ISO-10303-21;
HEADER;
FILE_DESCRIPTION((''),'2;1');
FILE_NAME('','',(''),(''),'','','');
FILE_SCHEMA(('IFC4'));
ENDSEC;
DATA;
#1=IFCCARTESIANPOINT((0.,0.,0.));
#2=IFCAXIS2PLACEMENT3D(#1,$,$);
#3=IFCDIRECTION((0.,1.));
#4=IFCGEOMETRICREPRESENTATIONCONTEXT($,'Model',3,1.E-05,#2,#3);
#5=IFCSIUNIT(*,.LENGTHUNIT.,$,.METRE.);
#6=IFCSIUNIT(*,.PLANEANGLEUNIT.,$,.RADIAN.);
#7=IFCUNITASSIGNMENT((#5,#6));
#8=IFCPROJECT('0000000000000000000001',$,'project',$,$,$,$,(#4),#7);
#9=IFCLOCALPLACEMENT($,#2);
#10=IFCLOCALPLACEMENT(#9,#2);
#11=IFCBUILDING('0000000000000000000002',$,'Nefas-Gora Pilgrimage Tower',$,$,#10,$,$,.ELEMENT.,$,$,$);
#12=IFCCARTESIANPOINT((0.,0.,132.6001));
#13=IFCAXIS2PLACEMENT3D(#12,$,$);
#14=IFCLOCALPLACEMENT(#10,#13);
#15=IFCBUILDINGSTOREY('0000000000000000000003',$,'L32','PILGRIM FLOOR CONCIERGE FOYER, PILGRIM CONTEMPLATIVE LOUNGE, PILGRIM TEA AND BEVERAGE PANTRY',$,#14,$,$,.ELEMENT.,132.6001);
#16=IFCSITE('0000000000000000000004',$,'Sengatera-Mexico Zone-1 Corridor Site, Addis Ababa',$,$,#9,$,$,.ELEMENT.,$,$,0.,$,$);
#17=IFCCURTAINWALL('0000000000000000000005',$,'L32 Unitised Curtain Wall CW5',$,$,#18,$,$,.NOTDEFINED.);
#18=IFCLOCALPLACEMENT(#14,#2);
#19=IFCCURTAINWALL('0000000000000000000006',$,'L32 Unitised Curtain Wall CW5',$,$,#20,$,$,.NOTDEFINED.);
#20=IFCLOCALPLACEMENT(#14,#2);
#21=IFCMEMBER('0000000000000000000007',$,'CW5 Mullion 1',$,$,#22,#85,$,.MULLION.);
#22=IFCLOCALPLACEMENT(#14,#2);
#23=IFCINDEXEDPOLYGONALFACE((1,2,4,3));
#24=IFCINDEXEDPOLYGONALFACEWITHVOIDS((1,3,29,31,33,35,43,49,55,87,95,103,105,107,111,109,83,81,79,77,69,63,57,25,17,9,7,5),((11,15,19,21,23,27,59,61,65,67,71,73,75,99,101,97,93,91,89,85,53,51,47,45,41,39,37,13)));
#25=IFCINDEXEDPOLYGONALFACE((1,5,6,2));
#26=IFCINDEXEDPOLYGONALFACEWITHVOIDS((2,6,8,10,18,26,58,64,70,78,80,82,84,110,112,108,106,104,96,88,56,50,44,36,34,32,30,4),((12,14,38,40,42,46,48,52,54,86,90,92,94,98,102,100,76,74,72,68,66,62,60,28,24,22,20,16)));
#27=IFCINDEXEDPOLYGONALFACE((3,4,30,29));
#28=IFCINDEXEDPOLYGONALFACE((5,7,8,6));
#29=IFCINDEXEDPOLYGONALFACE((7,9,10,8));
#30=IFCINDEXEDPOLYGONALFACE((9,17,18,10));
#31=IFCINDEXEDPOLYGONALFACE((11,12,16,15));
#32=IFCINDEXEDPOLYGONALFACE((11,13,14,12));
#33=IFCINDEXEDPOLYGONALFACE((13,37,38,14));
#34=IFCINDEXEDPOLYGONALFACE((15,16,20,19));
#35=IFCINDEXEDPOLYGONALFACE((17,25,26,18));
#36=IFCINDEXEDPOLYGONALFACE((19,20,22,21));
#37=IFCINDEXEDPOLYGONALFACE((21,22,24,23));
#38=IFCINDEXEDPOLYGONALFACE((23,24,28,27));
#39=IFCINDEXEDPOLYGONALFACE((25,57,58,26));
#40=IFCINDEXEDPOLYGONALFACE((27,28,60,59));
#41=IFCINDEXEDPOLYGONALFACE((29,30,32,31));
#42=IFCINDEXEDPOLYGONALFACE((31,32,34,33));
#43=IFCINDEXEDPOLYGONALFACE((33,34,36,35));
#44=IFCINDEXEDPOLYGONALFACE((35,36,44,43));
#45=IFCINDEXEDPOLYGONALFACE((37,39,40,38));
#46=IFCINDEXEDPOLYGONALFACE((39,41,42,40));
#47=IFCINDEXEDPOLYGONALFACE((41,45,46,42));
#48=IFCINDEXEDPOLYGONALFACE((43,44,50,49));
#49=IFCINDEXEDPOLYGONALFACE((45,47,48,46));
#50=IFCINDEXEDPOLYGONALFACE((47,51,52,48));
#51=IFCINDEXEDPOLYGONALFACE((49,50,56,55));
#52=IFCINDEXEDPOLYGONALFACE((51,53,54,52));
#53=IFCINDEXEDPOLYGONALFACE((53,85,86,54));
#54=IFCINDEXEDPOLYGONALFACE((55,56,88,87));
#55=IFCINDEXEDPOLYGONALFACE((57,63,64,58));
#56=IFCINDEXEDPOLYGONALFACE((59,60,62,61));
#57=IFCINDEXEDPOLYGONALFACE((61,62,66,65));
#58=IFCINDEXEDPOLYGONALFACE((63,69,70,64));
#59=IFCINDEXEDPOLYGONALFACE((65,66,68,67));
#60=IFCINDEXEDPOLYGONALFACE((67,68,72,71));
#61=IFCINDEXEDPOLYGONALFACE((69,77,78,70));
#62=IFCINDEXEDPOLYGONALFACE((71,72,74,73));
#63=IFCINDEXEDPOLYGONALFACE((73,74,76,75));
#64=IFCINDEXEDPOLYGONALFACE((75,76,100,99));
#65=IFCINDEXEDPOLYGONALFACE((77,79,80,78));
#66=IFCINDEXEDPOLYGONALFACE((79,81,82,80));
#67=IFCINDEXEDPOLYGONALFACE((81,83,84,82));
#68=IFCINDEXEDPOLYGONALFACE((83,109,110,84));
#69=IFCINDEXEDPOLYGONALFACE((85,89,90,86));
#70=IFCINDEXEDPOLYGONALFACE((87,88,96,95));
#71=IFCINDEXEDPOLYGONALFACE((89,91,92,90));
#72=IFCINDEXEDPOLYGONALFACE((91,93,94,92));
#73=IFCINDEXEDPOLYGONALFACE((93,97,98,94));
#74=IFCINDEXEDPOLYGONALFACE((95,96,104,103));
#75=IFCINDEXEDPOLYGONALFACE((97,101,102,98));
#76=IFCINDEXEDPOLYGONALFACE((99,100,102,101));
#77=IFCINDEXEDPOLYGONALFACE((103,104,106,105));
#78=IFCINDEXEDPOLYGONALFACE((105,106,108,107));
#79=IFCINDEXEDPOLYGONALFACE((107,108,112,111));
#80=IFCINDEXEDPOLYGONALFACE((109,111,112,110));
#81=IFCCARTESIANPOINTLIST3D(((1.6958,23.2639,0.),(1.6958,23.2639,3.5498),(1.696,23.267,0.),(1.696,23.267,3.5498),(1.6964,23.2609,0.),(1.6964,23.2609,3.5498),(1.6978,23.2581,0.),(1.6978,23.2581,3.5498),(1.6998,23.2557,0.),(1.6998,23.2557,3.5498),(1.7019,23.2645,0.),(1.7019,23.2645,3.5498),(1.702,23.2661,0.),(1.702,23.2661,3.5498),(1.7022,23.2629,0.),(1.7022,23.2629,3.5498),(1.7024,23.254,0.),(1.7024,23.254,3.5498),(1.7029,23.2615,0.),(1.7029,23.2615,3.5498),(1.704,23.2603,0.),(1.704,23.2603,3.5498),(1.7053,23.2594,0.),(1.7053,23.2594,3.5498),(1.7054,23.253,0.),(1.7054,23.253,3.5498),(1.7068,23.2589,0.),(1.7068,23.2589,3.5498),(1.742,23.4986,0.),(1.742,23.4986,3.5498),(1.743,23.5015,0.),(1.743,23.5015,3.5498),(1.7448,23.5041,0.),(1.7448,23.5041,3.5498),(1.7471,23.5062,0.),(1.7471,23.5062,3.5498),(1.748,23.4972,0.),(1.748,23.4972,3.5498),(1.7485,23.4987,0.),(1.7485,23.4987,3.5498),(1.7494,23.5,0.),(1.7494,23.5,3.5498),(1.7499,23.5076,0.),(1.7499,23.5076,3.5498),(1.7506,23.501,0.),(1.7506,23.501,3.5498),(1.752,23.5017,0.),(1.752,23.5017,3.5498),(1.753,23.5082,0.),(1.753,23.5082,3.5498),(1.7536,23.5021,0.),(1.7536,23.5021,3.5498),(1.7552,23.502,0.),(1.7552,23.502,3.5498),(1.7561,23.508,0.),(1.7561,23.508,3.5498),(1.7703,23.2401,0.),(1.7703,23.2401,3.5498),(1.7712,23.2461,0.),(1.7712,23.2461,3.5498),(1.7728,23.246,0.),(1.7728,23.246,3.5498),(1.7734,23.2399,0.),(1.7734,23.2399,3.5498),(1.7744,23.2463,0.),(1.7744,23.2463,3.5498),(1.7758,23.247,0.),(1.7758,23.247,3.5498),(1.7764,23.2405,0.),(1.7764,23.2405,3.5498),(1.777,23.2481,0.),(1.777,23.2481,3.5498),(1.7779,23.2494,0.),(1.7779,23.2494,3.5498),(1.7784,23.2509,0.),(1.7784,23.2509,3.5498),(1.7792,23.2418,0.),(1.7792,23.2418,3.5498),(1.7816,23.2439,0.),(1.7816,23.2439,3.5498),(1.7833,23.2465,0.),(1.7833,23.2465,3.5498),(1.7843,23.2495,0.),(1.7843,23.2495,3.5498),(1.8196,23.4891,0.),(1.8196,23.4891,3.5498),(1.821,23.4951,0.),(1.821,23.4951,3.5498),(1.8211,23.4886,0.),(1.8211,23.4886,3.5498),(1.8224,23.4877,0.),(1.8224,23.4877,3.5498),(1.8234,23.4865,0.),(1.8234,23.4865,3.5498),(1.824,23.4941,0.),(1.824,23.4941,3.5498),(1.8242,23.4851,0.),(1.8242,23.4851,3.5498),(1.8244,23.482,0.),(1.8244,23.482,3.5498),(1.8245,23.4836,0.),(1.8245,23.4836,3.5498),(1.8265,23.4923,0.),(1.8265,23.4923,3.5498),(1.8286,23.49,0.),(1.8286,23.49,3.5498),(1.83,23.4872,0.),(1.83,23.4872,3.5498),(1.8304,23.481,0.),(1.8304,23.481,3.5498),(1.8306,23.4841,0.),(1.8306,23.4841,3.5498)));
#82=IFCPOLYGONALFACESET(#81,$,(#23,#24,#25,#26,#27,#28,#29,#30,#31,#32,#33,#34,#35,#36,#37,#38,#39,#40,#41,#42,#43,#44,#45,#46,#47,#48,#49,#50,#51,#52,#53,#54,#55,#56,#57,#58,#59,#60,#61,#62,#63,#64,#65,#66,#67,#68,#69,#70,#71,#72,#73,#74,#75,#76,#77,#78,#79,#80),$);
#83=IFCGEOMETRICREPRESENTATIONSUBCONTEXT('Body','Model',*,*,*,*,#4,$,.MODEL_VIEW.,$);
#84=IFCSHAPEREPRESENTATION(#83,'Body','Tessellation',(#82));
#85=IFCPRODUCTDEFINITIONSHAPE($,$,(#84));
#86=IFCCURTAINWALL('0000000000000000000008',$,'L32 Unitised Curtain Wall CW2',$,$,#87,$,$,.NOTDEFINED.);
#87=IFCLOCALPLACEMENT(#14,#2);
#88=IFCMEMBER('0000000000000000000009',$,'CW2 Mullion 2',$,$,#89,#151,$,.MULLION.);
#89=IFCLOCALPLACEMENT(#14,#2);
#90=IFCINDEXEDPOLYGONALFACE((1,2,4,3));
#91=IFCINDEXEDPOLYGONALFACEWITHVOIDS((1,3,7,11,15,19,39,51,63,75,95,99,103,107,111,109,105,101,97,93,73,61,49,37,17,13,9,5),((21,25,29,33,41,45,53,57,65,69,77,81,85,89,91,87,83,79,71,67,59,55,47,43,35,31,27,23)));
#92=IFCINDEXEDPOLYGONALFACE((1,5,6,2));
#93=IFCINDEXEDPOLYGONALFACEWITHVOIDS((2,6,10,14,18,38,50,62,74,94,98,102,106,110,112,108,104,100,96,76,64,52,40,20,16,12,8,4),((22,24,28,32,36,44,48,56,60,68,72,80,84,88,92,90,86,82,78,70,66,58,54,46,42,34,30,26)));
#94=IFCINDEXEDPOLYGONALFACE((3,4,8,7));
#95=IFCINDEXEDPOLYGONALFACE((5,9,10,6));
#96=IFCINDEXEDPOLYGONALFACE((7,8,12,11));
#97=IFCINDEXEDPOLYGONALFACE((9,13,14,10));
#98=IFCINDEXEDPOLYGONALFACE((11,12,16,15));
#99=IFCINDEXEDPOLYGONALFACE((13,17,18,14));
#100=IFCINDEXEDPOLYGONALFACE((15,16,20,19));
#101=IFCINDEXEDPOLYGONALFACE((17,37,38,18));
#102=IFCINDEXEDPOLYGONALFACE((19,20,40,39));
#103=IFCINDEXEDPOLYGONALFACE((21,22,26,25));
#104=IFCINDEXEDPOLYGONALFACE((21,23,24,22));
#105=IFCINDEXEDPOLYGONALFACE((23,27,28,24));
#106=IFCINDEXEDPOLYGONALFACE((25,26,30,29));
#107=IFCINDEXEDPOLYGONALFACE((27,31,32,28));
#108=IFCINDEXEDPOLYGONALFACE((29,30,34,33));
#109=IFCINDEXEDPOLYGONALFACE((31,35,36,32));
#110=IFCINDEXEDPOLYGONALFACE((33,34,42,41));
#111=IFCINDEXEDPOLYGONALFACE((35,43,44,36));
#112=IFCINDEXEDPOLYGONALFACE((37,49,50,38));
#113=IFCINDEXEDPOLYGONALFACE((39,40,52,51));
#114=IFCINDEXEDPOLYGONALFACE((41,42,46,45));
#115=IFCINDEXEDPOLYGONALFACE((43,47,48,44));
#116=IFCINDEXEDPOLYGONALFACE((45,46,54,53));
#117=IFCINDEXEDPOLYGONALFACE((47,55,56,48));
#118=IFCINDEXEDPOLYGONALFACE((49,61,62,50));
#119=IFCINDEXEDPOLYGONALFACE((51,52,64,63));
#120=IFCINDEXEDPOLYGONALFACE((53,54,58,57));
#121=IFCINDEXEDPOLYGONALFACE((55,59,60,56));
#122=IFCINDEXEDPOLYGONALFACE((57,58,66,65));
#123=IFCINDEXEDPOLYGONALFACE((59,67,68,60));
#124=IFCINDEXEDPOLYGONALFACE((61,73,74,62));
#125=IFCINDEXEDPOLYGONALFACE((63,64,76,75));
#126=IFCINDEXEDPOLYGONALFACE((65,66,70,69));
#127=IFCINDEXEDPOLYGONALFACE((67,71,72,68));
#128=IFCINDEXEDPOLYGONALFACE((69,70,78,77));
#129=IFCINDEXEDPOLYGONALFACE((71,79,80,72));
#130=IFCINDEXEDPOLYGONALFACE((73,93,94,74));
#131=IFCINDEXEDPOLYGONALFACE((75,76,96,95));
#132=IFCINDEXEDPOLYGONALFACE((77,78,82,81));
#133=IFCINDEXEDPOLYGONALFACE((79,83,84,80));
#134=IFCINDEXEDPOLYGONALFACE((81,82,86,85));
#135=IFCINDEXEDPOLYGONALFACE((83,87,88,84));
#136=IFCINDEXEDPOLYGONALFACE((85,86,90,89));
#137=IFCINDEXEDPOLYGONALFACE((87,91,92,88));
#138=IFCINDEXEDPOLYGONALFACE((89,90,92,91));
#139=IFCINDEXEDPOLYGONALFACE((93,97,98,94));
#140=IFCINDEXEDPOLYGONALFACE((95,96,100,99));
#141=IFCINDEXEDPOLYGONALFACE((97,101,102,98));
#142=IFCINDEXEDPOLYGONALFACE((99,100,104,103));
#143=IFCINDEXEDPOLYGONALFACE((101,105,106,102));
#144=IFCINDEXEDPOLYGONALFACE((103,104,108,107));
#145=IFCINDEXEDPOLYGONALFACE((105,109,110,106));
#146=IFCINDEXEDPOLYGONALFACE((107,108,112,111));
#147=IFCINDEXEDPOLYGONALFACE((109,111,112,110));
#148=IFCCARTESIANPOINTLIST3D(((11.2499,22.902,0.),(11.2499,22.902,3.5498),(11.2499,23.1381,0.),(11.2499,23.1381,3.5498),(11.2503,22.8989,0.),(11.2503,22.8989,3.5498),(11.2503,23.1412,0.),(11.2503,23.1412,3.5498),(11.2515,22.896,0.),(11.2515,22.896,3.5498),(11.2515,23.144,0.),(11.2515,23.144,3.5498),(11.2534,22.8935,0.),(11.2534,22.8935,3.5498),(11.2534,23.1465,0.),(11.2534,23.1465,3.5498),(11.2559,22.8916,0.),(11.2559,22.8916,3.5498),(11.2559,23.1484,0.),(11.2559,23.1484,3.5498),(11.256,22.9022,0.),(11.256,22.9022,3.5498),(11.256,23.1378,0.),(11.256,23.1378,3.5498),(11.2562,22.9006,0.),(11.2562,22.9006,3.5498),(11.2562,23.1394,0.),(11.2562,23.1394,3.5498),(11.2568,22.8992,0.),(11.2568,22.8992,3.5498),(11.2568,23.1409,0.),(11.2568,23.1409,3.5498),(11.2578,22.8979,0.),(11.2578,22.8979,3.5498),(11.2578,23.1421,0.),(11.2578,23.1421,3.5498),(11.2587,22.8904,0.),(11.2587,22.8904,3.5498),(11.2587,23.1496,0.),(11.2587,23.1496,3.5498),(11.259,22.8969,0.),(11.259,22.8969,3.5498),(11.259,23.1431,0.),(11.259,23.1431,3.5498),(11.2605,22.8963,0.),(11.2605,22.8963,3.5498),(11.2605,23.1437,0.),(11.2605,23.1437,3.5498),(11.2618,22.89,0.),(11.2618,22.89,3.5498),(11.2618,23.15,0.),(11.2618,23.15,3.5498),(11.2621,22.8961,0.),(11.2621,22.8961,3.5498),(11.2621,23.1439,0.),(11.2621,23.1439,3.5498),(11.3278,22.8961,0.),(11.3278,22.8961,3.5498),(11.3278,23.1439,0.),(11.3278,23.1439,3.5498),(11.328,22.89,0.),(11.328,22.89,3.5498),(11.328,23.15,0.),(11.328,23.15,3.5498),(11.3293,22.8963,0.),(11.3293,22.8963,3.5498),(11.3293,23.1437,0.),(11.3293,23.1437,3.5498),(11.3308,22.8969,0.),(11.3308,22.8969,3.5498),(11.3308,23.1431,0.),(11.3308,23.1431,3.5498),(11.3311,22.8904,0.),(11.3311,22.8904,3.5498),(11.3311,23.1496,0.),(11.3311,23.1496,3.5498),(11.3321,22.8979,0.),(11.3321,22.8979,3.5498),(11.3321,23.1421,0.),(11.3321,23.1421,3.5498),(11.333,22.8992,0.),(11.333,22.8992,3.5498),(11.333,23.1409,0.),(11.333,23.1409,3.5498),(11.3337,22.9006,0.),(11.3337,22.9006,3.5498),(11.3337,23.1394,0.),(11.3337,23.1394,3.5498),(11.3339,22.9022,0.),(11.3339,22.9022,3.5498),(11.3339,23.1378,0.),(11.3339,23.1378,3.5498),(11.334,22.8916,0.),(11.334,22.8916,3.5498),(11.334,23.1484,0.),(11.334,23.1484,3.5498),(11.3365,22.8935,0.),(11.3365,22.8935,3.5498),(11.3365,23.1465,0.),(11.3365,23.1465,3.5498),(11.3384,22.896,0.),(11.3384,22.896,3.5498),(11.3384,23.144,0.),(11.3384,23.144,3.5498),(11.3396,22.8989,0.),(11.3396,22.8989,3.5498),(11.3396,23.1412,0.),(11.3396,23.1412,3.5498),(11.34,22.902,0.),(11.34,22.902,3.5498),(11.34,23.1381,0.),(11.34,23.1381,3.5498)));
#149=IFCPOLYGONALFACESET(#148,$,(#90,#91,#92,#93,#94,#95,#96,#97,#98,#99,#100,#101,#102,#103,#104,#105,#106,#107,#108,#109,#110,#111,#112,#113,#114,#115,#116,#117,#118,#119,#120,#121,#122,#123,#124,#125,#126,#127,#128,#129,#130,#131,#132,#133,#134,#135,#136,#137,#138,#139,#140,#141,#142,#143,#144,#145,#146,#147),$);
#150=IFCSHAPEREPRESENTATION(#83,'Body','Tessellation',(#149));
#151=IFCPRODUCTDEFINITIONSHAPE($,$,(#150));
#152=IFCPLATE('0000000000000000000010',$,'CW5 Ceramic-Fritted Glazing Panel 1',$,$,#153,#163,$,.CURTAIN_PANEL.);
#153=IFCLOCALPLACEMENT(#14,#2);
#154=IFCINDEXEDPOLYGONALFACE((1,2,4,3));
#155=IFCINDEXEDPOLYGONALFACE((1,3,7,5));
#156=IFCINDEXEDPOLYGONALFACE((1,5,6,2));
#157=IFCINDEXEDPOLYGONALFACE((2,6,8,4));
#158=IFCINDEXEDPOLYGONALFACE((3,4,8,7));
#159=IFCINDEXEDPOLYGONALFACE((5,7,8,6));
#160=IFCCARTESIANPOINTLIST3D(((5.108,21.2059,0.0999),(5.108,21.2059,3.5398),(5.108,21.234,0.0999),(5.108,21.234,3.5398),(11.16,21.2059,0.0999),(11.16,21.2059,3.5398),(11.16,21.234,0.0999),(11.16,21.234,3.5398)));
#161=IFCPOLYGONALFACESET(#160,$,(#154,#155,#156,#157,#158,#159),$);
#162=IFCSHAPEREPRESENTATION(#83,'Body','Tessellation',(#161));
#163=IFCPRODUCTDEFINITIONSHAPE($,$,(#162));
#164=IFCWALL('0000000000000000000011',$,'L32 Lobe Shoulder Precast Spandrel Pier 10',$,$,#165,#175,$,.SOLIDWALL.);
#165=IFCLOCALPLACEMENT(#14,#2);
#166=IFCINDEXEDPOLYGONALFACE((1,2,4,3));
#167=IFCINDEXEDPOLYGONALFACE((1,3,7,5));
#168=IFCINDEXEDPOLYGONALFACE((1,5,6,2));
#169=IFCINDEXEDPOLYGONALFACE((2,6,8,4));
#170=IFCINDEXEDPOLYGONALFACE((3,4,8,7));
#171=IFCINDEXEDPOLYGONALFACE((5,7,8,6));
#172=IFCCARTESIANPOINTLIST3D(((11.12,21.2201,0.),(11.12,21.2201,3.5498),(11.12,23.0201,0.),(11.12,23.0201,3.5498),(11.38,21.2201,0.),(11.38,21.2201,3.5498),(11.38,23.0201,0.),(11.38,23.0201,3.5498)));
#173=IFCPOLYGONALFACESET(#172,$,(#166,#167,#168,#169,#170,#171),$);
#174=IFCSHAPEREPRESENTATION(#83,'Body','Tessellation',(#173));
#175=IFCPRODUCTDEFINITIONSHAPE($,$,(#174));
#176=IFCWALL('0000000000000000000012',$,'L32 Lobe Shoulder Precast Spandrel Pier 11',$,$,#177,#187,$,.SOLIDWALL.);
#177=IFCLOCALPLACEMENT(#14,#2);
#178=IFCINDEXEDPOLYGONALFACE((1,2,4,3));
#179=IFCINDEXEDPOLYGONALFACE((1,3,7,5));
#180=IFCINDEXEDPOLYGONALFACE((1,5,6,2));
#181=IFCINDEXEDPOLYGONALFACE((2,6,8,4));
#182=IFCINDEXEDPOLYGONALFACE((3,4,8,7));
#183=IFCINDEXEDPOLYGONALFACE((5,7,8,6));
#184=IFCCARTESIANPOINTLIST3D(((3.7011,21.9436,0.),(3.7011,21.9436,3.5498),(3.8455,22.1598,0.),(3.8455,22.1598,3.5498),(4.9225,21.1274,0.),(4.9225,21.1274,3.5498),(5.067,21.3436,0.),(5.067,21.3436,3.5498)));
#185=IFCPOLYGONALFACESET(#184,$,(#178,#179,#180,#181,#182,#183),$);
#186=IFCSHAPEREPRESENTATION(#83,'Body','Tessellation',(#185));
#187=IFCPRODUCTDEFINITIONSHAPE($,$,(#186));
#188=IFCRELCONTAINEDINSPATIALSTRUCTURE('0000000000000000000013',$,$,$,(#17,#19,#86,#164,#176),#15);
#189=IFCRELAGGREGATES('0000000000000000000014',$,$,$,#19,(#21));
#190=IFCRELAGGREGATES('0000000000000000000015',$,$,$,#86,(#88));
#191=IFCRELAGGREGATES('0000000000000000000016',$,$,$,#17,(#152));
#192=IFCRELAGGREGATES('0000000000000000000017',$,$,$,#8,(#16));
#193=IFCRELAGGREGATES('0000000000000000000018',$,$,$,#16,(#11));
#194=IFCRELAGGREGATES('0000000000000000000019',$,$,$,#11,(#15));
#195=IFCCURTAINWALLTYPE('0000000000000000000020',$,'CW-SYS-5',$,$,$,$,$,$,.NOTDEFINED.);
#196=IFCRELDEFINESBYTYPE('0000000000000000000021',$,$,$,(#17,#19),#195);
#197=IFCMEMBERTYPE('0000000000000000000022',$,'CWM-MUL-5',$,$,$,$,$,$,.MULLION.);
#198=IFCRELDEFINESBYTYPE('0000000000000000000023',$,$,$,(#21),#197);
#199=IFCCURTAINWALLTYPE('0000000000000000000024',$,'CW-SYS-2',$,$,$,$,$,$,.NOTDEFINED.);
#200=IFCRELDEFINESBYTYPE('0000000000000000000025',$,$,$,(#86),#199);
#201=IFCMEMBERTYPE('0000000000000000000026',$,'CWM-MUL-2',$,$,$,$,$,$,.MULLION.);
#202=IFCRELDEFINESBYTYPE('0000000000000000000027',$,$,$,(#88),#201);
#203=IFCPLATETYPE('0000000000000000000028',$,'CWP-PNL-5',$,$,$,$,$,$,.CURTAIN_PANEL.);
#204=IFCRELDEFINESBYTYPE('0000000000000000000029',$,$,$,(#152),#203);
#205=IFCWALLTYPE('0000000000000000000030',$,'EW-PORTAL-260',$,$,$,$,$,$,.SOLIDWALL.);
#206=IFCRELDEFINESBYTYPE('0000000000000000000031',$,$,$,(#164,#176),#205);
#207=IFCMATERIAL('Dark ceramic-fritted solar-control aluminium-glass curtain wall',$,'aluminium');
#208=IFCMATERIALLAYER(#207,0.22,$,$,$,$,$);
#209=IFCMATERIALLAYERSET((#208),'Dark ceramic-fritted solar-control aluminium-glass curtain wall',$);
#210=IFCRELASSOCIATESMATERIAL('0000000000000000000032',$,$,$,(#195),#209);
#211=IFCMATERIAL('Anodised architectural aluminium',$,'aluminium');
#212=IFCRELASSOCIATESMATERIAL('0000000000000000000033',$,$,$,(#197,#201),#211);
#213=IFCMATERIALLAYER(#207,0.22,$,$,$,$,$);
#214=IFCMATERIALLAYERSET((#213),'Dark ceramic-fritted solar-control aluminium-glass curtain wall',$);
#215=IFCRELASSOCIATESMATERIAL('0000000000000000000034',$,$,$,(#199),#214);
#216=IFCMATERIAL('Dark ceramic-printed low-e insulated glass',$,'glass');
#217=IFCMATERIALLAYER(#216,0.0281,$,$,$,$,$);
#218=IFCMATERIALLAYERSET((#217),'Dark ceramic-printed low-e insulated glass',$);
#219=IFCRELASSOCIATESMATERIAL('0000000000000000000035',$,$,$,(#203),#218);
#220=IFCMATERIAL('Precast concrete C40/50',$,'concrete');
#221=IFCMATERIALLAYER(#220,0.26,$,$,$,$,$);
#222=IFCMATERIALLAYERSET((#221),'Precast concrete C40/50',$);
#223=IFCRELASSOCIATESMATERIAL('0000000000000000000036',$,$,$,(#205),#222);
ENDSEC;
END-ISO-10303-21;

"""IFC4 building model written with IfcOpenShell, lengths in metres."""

from ifc_helpers import new_model, si_unit, direction, frame, frame_2d, origin, origin_2d, place, context, subcontext, project, spatial, rectangle, hollow_rectangle, extrude, source, transform, mapped, material, layer, layer_set, material_profile, profile_set, type_object, element, aggregate, save


model = new_model("IFC4")

# Units and contexts
model_context = context("Model", 3, precision=1e-05, world=origin(), true_north=direction((0.0, 1.0)))
body_context = subcontext(model_context, "Body", "Model", "MODEL_VIEW")
ifc_project = project(units=[si_unit("LENGTHUNIT", "METRE"), si_unit("PLANEANGLEUNIT", "RADIAN")], contexts=[model_context])

# Site, building, storey
site_placement = place(None, origin())
site = spatial("IfcSite", under=ifc_project, at=site_placement, Name="Sengatera-Mexico Zone-1 Corridor Site, Addis Ababa", CompositionType="ELEMENT", RefElevation=0.0)
building_placement = place(site_placement, origin())
building = spatial("IfcBuilding", under=site, at=building_placement, Name="Nefas-Gora Pilgrimage Tower", CompositionType="ELEMENT")
storey_placement = place(building_placement, frame((0.0, 0.0, 132.6001)))
storey = spatial("IfcBuildingStorey", under=building, at=storey_placement, Name="L32", Description="PILGRIM FLOOR CONCIERGE FOYER, PILGRIM CONTEMPLATIVE LOUNGE, PILGRIM TEA AND BEVERAGE PANTRY", CompositionType="ELEMENT", Elevation=132.6001)

# Curtain walls
ifc_material_1 = material(Name="Dark ceramic-fritted solar-control aluminium-glass curtain wall", Category="aluminium")
ifc_layer_1 = layer(ifc_material_1, 0.22)
ifc_layer_set_1 = layer_set([ifc_layer_1], Name="Dark ceramic-fritted solar-control aluminium-glass curtain wall")
curtain_wall_type_1 = type_object("IfcCurtainWallType", Name="CW-SYS-5", PredefinedType="NOTDEFINED", material=ifc_layer_set_1)
curtain_wall_1_placement = place(storey_placement, origin())
curtain_wall_1 = element("IfcCurtainWall", 1, at=curtain_wall_1_placement, inside=storey, type_object=curtain_wall_type_1, Name="L32 Unitised Curtain Wall CW5", PredefinedType="NOTDEFINED")
ifc_material_2 = material(Name="Anodised architectural aluminium", Category="aluminium")
curtain_wall_2_placement = place(storey_placement, origin())
curtain_wall_2 = element("IfcCurtainWall", 2, at=curtain_wall_2_placement, inside=storey, type_object=curtain_wall_type_1, Name="L32 Unitised Curtain Wall CW5", PredefinedType="NOTDEFINED")

# Member
ifc_material_profile_1 = material_profile(ifc_material_2, hollow_rectangle(XDim=0.0901, YDim=0.26, WallThickness=0.0061, InnerFilletRadius=0.0061, OuterFilletRadius=0.012, at=origin_2d()), Name="ALU MULLION 90x260")
ifc_profile_set_1 = profile_set([ifc_material_profile_1], Name="Anodised architectural aluminium")
member_type_1 = type_object("IfcMemberType", Name="CWM-MUL-5", PredefinedType="MULLION", material=ifc_profile_set_1)
shared_shape_1 = source(origin(), body_context, "Body", "SweptSolid", [
    extrude(hollow_rectangle(XDim=0.0901, YDim=0.26, WallThickness=0.0061, InnerFilletRadius=0.0061, OuterFilletRadius=0.012, at=origin_2d()), origin(), (0.0, 0.0, 1.0), 3.5498),
])
member_1_placement = place(storey_placement, frame((1.7632, 23.374, 0.0), z_axis=(0.0, 0.0, 1.0), x_axis=(-0.980783, 0.195102, 0.0)))
member_1 = element("IfcMember", 3, at=member_1_placement, type_object=member_type_1, Name="CW5 Mullion 1", PredefinedType="MULLION", context=body_context, shape_type="MappedRepresentation", body=[
    mapped(shared_shape_1, transform((0.0, 0.0, 0.0), x_axis=(1.0, 0.0, 0.0), y_axis=(0.0, 1.0, 0.0), z_axis=(0.0, 0.0, 1.0), scale=1.0)),
])
aggregate(curtain_wall_2, [member_1])

# Curtain wall, member
ifc_layer_2 = layer(ifc_material_1, 0.22)
ifc_layer_set_2 = layer_set([ifc_layer_2], Name="Dark ceramic-fritted solar-control aluminium-glass curtain wall")
curtain_wall_type_2 = type_object("IfcCurtainWallType", Name="CW-SYS-2", PredefinedType="NOTDEFINED", material=ifc_layer_set_2)
curtain_wall_3_placement = place(storey_placement, origin())
curtain_wall_3 = element("IfcCurtainWall", 4, at=curtain_wall_3_placement, inside=storey, type_object=curtain_wall_type_2, Name="L32 Unitised Curtain Wall CW2", PredefinedType="NOTDEFINED")
ifc_material_profile_2 = material_profile(ifc_material_2, hollow_rectangle(XDim=0.0901, YDim=0.26, WallThickness=0.0061, InnerFilletRadius=0.0061, OuterFilletRadius=0.012, at=origin_2d()), Name="ALU MULLION 90x260")
ifc_profile_set_2 = profile_set([ifc_material_profile_2], Name="Anodised architectural aluminium")
member_type_2 = type_object("IfcMemberType", Name="CWM-MUL-2", PredefinedType="MULLION", material=ifc_profile_set_2)
shared_shape_2 = source(origin(), body_context, "Body", "SweptSolid", [
    extrude(hollow_rectangle(XDim=0.0901, YDim=0.26, WallThickness=0.0061, InnerFilletRadius=0.0061, OuterFilletRadius=0.012, at=origin_2d()), origin(), (0.0, 0.0, 1.0), 3.5498),
])
member_2_placement = place(storey_placement, frame((11.2949, 23.02, 0.0), z_axis=(0.0, 0.0, 1.0), x_axis=(-1.0, 0.0, 0.0)))
member_2 = element("IfcMember", 5, at=member_2_placement, type_object=member_type_2, Name="CW2 Mullion 2", PredefinedType="MULLION", context=body_context, shape_type="MappedRepresentation", body=[
    mapped(shared_shape_2, transform((0.0, 0.0, 0.0), x_axis=(1.0, 0.0, 0.0), y_axis=(0.0, 1.0, 0.0), z_axis=(0.0, 0.0, 1.0), scale=1.0)),
])
aggregate(curtain_wall_3, [member_2])

# Plate
ifc_material_3 = material(Name="Dark ceramic-printed low-e insulated glass", Category="glass")
ifc_layer_3 = layer(ifc_material_3, 0.0281)
ifc_layer_set_3 = layer_set([ifc_layer_3], Name="Dark ceramic-printed low-e insulated glass")
plate_type = type_object("IfcPlateType", Name="CWP-PNL-5", PredefinedType="CURTAIN_PANEL", material=ifc_layer_set_3)
shared_shape_3 = source(origin(), body_context, "Body", "SweptSolid", [
    extrude(rectangle(XDim=6.052, YDim=0.0281, at=origin_2d()), origin(), (0.0, 0.0, 1.0), 3.4399),
])
plate_placement = place(storey_placement, frame((8.134, 21.22, 0.0999), z_axis=(0.0, 0.0, 1.0), x_axis=(-1.0, 0.0, 0.0)))
plate = element("IfcPlate", 6, at=plate_placement, type_object=plate_type, Name="CW5 Ceramic-Fritted Glazing Panel 1", PredefinedType="CURTAIN_PANEL", context=body_context, shape_type="MappedRepresentation", body=[
    mapped(shared_shape_3, transform((0.0, 0.0, 0.0), x_axis=(1.0, 0.0, 0.0), y_axis=(0.0, 1.0, 0.0), z_axis=(0.0, 0.0, 1.0), scale=1.0)),
])
aggregate(curtain_wall_1, [plate])

# Walls
ifc_material_4 = material(Name="Precast concrete C40/50", Category="concrete")
ifc_layer_4 = layer(ifc_material_4, 0.26)
ifc_layer_set_4 = layer_set([ifc_layer_4], Name="Precast concrete C40/50")
wall_type_1 = type_object("IfcWallType", Name="EW-PORTAL-260", PredefinedType="SOLIDWALL", material=ifc_layer_set_4)
shared_shape_4 = source(origin(), body_context, "Body", "SweptSolid", [
    extrude(rectangle(XDim=1.8, YDim=0.26, at=frame_2d((0.8999, 0.0))), origin(), (0.0, 0.0, 1.0), 3.5498),
])
wall_1_placement = place(storey_placement, frame((11.25, 23.02, 0.0), z_axis=(0.0, 0.0, 1.0), x_axis=(0.0, -1.0, 0.0)))
element("IfcWall", 7, at=wall_1_placement, inside=storey, type_object=wall_type_1, Name="L32 Lobe Shoulder Precast Spandrel Pier 10", PredefinedType="SOLIDWALL", context=body_context, shape_type="MappedRepresentation", body=[
    mapped(shared_shape_4, transform((0.0, 0.0, 0.0), x_axis=(1.0, 0.0, 0.0), y_axis=(0.0, 1.0, 0.0), z_axis=(0.0, 0.0, 1.0), scale=1.0)),
])
shared_shape_5 = source(origin(), body_context, "Body", "SweptSolid", [
    extrude(rectangle(XDim=1.469, YDim=0.26, at=frame_2d((0.7344, 0.0))), origin(), (0.0, 0.0, 1.0), 3.5498),
])
wall_2_placement = place(storey_placement, frame((4.9946, 21.2356, 0.0), z_axis=(0.0, 0.0, 1.0), x_axis=(-0.831462, 0.555582, 0.0)))
element("IfcWall", 8, at=wall_2_placement, inside=storey, type_object=wall_type_1, Name="L32 Lobe Shoulder Precast Spandrel Pier 11", PredefinedType="SOLIDWALL", context=body_context, shape_type="MappedRepresentation", body=[
    mapped(shared_shape_5, transform((0.0, 0.0, 0.0), x_axis=(1.0, 0.0, 0.0), y_axis=(0.0, 1.0, 0.0), z_axis=(0.0, 0.0, 1.0), scale=1.0)),
])

save(model, "model.ifc")
